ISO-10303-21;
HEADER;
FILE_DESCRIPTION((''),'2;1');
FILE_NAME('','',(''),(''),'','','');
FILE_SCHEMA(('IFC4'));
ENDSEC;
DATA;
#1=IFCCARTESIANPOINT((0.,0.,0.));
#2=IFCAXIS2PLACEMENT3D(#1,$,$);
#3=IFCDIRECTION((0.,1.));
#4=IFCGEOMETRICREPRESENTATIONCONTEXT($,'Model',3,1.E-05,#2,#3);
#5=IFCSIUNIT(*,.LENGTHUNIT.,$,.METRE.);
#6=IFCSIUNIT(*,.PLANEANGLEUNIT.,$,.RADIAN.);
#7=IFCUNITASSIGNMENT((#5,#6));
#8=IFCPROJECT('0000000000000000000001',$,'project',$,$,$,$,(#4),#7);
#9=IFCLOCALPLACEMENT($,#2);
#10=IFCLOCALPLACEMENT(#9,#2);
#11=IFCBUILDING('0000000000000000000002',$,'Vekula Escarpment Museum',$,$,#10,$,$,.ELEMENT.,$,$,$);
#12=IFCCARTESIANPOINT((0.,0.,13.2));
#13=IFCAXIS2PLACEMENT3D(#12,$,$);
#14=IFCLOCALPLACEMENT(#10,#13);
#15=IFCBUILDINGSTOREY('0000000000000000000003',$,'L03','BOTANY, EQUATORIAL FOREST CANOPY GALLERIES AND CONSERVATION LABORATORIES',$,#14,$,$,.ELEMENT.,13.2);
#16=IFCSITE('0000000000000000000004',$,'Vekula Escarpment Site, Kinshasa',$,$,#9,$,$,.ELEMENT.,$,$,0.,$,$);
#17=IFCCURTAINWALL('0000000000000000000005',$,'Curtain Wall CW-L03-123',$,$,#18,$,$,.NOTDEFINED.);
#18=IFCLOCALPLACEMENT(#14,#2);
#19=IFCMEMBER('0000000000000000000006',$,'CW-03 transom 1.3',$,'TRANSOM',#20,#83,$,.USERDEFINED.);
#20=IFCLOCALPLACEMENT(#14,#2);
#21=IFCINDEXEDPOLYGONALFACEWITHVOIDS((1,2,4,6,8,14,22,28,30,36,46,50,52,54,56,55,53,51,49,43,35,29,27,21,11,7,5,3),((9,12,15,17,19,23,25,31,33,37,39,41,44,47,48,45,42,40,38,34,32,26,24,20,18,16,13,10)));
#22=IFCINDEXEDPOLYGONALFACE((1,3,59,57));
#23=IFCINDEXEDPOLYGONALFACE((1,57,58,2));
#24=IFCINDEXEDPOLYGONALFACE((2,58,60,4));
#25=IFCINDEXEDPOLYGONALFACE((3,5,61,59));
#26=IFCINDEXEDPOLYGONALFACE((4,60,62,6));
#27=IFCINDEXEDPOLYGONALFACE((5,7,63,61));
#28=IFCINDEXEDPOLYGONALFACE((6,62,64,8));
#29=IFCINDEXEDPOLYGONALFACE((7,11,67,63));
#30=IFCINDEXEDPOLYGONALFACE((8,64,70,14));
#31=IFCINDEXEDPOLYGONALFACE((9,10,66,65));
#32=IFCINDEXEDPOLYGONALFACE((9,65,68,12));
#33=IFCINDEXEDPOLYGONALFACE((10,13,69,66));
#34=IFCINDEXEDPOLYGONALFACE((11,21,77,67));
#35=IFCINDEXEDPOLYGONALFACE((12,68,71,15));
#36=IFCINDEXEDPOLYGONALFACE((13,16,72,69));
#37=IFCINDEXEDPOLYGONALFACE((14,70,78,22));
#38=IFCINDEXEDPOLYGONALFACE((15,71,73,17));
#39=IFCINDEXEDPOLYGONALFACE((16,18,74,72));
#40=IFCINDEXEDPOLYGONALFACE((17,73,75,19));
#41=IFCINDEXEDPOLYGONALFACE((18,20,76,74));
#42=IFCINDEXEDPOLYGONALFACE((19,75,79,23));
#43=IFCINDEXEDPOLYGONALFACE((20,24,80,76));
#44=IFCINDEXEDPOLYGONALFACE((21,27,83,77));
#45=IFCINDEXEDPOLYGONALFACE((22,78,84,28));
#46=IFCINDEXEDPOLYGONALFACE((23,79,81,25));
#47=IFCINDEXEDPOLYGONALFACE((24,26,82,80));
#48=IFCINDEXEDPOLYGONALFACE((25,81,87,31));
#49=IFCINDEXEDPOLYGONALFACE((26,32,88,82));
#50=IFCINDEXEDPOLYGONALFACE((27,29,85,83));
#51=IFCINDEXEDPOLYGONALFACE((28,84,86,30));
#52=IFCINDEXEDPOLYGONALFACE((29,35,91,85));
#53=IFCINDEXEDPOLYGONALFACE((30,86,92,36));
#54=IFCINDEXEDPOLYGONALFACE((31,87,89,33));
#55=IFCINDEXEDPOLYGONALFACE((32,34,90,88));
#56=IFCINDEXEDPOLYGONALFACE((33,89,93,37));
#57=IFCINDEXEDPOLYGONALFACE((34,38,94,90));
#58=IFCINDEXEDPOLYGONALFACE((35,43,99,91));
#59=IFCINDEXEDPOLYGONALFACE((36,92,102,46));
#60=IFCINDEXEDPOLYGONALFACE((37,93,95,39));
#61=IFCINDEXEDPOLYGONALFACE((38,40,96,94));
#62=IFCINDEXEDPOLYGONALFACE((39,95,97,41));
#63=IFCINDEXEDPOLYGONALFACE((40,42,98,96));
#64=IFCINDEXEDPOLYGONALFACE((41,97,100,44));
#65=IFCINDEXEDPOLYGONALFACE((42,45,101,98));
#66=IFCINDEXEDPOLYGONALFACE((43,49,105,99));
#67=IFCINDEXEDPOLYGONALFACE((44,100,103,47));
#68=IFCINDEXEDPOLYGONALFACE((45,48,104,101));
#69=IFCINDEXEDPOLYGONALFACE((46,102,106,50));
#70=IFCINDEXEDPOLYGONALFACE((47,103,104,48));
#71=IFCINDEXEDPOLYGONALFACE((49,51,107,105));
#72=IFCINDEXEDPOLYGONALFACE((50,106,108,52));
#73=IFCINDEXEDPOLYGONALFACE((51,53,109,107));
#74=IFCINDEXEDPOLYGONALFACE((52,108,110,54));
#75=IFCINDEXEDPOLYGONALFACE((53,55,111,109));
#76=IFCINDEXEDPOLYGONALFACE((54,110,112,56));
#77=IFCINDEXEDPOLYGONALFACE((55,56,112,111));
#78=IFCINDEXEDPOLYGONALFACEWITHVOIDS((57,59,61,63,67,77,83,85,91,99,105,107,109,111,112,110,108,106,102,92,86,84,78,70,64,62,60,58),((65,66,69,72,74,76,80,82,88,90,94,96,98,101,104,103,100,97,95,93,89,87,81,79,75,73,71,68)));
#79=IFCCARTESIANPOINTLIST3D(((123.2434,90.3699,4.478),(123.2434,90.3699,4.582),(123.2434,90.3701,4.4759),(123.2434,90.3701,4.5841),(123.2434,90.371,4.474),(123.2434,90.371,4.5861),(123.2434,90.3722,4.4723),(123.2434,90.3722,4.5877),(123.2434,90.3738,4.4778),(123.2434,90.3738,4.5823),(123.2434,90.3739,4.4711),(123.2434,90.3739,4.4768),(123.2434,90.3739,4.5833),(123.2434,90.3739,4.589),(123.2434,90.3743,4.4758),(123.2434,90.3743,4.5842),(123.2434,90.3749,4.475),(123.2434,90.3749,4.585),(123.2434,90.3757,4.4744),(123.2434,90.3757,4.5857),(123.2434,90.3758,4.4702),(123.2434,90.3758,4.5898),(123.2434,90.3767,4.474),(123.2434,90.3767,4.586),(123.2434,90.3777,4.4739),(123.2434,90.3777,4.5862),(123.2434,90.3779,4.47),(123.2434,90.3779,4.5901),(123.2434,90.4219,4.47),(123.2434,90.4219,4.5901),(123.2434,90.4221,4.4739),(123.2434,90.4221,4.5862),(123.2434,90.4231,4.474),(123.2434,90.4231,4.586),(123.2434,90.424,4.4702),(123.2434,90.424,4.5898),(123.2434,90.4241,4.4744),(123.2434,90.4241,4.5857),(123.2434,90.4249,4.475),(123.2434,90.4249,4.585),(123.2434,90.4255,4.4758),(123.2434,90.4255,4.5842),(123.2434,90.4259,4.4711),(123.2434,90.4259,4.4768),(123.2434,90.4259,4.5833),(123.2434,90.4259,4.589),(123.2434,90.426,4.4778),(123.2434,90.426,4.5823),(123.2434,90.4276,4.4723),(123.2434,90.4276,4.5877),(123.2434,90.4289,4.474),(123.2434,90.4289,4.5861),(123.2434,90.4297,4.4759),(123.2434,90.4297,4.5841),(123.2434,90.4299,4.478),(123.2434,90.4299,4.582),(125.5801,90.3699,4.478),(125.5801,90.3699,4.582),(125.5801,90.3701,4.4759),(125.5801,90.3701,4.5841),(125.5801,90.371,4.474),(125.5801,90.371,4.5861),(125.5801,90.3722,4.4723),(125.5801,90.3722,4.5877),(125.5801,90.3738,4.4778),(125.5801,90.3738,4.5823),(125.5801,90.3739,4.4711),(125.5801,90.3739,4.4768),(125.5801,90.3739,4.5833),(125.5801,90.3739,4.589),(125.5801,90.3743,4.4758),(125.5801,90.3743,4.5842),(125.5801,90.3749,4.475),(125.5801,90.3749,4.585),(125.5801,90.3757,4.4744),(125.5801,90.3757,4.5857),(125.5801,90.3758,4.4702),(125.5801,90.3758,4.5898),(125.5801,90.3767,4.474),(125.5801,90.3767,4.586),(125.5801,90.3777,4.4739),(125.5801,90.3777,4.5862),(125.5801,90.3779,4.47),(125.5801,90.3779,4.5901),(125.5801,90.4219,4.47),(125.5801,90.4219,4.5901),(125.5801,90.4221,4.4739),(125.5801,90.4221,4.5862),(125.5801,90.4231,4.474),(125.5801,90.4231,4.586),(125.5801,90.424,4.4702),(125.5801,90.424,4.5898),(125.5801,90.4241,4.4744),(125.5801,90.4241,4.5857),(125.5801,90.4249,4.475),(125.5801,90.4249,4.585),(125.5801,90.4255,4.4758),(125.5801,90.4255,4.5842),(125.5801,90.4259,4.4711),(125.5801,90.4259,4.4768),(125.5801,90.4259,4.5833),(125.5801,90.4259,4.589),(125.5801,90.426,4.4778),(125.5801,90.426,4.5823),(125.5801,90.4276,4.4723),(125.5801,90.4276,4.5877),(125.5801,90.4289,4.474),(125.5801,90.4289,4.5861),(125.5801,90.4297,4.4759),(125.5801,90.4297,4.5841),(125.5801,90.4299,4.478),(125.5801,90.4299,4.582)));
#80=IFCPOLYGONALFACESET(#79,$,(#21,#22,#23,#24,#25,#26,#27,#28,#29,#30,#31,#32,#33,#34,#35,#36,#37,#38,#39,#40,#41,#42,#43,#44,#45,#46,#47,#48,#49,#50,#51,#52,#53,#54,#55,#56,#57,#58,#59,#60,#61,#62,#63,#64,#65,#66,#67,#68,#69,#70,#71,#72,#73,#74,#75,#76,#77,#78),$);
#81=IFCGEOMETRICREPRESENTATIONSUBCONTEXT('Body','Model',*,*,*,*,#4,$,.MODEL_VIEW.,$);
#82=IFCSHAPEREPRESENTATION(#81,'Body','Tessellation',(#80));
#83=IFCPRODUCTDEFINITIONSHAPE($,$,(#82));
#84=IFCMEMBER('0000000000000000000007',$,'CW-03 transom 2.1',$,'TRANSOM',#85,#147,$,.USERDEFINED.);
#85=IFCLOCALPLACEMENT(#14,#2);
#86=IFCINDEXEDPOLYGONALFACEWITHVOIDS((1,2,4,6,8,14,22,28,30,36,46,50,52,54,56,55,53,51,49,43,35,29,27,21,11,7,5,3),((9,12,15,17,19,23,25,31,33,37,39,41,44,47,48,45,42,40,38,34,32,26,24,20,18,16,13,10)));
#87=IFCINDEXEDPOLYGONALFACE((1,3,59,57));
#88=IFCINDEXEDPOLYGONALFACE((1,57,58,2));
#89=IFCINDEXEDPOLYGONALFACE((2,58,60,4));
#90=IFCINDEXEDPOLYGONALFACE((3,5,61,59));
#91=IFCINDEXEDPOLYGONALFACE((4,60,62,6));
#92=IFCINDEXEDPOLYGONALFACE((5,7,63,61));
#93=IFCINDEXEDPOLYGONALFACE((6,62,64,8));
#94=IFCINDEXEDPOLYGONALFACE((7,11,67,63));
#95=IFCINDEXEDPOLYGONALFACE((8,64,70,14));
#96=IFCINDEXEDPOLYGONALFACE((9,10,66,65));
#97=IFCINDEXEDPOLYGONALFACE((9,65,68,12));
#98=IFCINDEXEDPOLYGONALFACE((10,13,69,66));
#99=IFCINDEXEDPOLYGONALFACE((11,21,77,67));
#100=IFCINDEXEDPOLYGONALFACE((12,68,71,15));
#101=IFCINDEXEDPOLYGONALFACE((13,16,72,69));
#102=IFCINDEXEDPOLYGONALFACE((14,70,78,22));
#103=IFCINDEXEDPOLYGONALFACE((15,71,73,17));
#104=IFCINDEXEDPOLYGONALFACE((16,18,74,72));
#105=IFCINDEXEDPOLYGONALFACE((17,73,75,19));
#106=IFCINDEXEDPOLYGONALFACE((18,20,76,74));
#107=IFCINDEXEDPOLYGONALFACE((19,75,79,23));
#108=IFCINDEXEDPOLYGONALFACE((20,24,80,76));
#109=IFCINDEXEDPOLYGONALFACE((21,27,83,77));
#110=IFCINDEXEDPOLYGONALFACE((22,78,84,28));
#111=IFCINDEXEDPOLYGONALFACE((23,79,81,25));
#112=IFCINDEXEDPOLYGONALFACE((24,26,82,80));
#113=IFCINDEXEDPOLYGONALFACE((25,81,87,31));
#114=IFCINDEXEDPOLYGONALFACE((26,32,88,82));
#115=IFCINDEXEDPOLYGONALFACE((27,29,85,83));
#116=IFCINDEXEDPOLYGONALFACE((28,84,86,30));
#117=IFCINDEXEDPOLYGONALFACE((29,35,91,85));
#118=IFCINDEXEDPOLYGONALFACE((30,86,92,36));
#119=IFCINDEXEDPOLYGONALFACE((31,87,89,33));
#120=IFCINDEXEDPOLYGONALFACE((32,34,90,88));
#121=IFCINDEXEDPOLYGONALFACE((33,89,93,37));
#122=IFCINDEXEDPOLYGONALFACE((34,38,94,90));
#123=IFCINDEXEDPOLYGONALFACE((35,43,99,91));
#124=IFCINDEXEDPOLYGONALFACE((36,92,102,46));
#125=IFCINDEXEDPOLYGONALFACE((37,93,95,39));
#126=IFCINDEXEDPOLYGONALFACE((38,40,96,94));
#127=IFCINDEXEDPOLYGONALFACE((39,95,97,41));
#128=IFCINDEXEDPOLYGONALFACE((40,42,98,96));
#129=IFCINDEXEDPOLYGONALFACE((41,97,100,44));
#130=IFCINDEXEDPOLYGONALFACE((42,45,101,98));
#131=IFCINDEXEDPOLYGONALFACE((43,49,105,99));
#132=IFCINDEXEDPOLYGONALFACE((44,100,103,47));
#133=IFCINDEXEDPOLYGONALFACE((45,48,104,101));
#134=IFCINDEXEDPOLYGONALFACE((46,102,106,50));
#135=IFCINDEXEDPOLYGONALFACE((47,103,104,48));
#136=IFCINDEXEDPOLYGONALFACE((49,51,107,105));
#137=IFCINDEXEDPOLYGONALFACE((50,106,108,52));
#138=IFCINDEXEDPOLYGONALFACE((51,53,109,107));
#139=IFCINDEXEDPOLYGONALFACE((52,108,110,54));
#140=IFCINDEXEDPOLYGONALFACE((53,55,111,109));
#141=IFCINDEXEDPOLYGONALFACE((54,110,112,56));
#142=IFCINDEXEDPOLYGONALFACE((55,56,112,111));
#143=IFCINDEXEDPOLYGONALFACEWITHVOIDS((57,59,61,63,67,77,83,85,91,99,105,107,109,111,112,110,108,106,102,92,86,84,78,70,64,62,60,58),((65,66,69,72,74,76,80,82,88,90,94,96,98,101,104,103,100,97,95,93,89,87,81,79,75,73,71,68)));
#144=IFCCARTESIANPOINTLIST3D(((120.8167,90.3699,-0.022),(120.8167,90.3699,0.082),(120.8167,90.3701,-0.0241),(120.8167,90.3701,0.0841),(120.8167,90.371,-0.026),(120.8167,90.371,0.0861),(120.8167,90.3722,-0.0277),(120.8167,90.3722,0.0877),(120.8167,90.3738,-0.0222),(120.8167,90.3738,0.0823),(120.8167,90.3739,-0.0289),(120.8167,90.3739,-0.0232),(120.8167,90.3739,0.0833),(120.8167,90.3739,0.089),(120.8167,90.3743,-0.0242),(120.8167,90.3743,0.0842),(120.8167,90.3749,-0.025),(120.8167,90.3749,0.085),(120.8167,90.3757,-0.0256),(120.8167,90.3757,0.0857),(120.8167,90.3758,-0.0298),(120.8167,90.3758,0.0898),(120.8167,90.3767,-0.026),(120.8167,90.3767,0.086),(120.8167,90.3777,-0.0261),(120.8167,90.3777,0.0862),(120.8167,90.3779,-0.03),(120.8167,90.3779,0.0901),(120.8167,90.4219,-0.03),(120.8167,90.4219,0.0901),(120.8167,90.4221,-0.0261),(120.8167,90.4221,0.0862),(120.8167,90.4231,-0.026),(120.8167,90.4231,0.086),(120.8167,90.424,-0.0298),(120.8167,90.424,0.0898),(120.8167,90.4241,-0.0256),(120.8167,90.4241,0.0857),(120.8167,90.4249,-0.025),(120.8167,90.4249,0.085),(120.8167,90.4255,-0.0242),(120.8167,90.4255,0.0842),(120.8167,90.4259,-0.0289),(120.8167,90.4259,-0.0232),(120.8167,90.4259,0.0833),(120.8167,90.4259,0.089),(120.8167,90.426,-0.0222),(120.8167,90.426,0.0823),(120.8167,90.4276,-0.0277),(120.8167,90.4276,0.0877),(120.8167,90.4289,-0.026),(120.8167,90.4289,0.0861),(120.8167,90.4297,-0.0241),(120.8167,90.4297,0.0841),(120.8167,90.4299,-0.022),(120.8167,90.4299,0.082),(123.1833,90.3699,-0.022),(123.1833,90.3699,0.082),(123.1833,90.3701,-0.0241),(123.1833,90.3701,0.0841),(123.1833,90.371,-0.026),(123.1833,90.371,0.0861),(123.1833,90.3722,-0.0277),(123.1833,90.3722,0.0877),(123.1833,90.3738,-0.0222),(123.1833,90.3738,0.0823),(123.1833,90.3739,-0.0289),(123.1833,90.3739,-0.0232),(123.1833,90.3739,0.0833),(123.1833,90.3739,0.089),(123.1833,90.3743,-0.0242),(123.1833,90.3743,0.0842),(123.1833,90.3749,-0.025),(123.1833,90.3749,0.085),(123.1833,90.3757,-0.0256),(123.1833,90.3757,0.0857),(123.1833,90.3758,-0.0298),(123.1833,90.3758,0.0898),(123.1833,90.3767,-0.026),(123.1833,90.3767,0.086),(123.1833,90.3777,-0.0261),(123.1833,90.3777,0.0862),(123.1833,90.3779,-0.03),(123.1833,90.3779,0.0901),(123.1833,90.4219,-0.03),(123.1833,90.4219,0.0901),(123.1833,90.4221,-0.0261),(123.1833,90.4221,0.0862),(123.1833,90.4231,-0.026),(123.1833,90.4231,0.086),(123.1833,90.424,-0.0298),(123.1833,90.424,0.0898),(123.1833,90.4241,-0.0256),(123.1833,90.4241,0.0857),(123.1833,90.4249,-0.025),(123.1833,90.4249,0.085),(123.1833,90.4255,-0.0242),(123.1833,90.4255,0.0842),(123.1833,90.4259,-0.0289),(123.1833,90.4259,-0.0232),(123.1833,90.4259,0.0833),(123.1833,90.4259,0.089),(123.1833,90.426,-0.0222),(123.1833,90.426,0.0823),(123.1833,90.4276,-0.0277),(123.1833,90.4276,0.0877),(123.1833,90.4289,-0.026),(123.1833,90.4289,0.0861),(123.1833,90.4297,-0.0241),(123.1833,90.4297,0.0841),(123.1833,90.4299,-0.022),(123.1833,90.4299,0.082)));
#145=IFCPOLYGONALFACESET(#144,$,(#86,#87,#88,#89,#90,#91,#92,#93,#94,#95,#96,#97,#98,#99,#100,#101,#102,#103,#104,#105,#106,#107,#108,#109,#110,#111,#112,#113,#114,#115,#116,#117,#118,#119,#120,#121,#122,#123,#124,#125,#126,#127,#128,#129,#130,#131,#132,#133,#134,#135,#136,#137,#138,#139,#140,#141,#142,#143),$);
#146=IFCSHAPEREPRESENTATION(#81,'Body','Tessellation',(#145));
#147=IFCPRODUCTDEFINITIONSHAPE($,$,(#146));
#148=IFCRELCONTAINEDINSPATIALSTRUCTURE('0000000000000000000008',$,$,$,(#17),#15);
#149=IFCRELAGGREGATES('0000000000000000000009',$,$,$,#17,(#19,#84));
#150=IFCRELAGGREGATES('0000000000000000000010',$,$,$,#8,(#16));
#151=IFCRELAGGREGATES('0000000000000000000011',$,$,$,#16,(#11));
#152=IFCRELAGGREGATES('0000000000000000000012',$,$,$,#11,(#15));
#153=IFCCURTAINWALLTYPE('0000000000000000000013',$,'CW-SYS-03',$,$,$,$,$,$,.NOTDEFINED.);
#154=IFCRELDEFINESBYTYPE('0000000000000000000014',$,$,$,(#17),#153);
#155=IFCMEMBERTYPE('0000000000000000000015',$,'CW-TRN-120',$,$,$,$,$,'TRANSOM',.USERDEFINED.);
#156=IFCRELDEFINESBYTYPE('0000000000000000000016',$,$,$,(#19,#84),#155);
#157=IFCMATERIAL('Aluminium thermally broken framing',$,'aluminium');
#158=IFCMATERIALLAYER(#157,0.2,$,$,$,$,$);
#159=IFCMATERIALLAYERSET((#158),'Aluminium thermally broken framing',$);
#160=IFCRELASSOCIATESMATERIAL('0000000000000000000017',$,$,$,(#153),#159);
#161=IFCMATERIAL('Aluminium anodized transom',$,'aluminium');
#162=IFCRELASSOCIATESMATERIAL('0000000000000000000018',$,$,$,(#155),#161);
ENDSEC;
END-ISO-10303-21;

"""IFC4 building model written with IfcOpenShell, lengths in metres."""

from ifc_helpers import new_model, si_unit, direction, frame, origin, origin_2d, place, context, subcontext, project, spatial, hollow_rectangle, extrude, material, layer, layer_set, material_profile, profile_set, type_object, element, aggregate, save


model = new_model("IFC4")

# Units and contexts
model_context = context("Model", 3, precision=1e-05, world=origin(), true_north=direction((0.0, 1.0)))
body_context = subcontext(model_context, "Body", "Model", "MODEL_VIEW")
ifc_project = project(units=[si_unit("LENGTHUNIT", "METRE"), si_unit("PLANEANGLEUNIT", "RADIAN")], contexts=[model_context])

# Site, building, storey
site_placement = place(None, origin())
site = spatial("IfcSite", under=ifc_project, at=site_placement, Name="Vekula Escarpment Site, Kinshasa", CompositionType="ELEMENT", RefElevation=0.0)
building_placement = place(site_placement, origin())
building = spatial("IfcBuilding", under=site, at=building_placement, Name="Vekula Escarpment Museum", CompositionType="ELEMENT")
storey_placement = place(building_placement, frame((0.0, 0.0, 13.2)))
storey = spatial("IfcBuildingStorey", under=building, at=storey_placement, Name="L03", Description="BOTANY, EQUATORIAL FOREST CANOPY GALLERIES AND CONSERVATION LABORATORIES", CompositionType="ELEMENT", Elevation=13.2)

# Curtain wall
ifc_material_1 = material(Name="Aluminium thermally broken framing", Category="aluminium")
ifc_layer_1 = layer(ifc_material_1, 0.2)
ifc_layer_set_1 = layer_set([ifc_layer_1], Name="Aluminium thermally broken framing")
curtain_wall_type_1 = type_object("IfcCurtainWallType", Name="CW-SYS-03", PredefinedType="NOTDEFINED", material=ifc_layer_set_1)
curtain_wall_1_placement = place(storey_placement, origin())
curtain_wall_1 = element("IfcCurtainWall", 1, at=curtain_wall_1_placement, inside=storey, type_object=curtain_wall_type_1, Name="Curtain Wall CW-L03-123", PredefinedType="NOTDEFINED")

# Members
ifc_material_2 = material(Name="Aluminium anodized transom", Category="aluminium")
ifc_material_profile_1 = material_profile(ifc_material_2, hollow_rectangle(XDim=0.0601, YDim=0.1201, WallThickness=0.0039, InnerFilletRadius=0.0039, OuterFilletRadius=0.0081, at=origin_2d()), Name="ALU 120x60x4")
ifc_profile_set_1 = profile_set([ifc_material_profile_1], Name="Aluminium anodized transom")
member_type_1 = type_object("IfcMemberType", Name="CW-TRN-120", ElementType="TRANSOM", PredefinedType="USERDEFINED", material=ifc_profile_set_1)
member_1_placement = place(storey_placement, frame((125.5801, 90.3999, 4.53), z_axis=(-1.0, 0.0, 0.0), x_axis=(0.0, -1.0, 0.0)))
member_1 = element("IfcMember", 2, at=member_1_placement, type_object=member_type_1, Name="CW-03 transom 1.3", ObjectType="TRANSOM", PredefinedType="USERDEFINED", context=body_context, shape_type="SweptSolid", body=[
    extrude(hollow_rectangle(XDim=0.0601, YDim=0.1201, WallThickness=0.0039, InnerFilletRadius=0.0039, OuterFilletRadius=0.0081, at=origin_2d()), origin(), (0.0, 0.0, 1.0), 2.3367),
])
member_2_placement = place(storey_placement, frame((123.1833, 90.3999, 0.03), z_axis=(-1.0, 0.0, 0.0), x_axis=(0.0, -1.0, 0.0)))
member_2 = element("IfcMember", 3, at=member_2_placement, type_object=member_type_1, Name="CW-03 transom 2.1", ObjectType="TRANSOM", PredefinedType="USERDEFINED", context=body_context, shape_type="SweptSolid", body=[
    extrude(hollow_rectangle(XDim=0.0601, YDim=0.1201, WallThickness=0.0039, InnerFilletRadius=0.0039, OuterFilletRadius=0.0081, at=origin_2d()), origin(), (0.0, 0.0, 1.0), 2.3667),
])

aggregate(curtain_wall_1, [member_1, member_2])

save(model, "model.ifc")
